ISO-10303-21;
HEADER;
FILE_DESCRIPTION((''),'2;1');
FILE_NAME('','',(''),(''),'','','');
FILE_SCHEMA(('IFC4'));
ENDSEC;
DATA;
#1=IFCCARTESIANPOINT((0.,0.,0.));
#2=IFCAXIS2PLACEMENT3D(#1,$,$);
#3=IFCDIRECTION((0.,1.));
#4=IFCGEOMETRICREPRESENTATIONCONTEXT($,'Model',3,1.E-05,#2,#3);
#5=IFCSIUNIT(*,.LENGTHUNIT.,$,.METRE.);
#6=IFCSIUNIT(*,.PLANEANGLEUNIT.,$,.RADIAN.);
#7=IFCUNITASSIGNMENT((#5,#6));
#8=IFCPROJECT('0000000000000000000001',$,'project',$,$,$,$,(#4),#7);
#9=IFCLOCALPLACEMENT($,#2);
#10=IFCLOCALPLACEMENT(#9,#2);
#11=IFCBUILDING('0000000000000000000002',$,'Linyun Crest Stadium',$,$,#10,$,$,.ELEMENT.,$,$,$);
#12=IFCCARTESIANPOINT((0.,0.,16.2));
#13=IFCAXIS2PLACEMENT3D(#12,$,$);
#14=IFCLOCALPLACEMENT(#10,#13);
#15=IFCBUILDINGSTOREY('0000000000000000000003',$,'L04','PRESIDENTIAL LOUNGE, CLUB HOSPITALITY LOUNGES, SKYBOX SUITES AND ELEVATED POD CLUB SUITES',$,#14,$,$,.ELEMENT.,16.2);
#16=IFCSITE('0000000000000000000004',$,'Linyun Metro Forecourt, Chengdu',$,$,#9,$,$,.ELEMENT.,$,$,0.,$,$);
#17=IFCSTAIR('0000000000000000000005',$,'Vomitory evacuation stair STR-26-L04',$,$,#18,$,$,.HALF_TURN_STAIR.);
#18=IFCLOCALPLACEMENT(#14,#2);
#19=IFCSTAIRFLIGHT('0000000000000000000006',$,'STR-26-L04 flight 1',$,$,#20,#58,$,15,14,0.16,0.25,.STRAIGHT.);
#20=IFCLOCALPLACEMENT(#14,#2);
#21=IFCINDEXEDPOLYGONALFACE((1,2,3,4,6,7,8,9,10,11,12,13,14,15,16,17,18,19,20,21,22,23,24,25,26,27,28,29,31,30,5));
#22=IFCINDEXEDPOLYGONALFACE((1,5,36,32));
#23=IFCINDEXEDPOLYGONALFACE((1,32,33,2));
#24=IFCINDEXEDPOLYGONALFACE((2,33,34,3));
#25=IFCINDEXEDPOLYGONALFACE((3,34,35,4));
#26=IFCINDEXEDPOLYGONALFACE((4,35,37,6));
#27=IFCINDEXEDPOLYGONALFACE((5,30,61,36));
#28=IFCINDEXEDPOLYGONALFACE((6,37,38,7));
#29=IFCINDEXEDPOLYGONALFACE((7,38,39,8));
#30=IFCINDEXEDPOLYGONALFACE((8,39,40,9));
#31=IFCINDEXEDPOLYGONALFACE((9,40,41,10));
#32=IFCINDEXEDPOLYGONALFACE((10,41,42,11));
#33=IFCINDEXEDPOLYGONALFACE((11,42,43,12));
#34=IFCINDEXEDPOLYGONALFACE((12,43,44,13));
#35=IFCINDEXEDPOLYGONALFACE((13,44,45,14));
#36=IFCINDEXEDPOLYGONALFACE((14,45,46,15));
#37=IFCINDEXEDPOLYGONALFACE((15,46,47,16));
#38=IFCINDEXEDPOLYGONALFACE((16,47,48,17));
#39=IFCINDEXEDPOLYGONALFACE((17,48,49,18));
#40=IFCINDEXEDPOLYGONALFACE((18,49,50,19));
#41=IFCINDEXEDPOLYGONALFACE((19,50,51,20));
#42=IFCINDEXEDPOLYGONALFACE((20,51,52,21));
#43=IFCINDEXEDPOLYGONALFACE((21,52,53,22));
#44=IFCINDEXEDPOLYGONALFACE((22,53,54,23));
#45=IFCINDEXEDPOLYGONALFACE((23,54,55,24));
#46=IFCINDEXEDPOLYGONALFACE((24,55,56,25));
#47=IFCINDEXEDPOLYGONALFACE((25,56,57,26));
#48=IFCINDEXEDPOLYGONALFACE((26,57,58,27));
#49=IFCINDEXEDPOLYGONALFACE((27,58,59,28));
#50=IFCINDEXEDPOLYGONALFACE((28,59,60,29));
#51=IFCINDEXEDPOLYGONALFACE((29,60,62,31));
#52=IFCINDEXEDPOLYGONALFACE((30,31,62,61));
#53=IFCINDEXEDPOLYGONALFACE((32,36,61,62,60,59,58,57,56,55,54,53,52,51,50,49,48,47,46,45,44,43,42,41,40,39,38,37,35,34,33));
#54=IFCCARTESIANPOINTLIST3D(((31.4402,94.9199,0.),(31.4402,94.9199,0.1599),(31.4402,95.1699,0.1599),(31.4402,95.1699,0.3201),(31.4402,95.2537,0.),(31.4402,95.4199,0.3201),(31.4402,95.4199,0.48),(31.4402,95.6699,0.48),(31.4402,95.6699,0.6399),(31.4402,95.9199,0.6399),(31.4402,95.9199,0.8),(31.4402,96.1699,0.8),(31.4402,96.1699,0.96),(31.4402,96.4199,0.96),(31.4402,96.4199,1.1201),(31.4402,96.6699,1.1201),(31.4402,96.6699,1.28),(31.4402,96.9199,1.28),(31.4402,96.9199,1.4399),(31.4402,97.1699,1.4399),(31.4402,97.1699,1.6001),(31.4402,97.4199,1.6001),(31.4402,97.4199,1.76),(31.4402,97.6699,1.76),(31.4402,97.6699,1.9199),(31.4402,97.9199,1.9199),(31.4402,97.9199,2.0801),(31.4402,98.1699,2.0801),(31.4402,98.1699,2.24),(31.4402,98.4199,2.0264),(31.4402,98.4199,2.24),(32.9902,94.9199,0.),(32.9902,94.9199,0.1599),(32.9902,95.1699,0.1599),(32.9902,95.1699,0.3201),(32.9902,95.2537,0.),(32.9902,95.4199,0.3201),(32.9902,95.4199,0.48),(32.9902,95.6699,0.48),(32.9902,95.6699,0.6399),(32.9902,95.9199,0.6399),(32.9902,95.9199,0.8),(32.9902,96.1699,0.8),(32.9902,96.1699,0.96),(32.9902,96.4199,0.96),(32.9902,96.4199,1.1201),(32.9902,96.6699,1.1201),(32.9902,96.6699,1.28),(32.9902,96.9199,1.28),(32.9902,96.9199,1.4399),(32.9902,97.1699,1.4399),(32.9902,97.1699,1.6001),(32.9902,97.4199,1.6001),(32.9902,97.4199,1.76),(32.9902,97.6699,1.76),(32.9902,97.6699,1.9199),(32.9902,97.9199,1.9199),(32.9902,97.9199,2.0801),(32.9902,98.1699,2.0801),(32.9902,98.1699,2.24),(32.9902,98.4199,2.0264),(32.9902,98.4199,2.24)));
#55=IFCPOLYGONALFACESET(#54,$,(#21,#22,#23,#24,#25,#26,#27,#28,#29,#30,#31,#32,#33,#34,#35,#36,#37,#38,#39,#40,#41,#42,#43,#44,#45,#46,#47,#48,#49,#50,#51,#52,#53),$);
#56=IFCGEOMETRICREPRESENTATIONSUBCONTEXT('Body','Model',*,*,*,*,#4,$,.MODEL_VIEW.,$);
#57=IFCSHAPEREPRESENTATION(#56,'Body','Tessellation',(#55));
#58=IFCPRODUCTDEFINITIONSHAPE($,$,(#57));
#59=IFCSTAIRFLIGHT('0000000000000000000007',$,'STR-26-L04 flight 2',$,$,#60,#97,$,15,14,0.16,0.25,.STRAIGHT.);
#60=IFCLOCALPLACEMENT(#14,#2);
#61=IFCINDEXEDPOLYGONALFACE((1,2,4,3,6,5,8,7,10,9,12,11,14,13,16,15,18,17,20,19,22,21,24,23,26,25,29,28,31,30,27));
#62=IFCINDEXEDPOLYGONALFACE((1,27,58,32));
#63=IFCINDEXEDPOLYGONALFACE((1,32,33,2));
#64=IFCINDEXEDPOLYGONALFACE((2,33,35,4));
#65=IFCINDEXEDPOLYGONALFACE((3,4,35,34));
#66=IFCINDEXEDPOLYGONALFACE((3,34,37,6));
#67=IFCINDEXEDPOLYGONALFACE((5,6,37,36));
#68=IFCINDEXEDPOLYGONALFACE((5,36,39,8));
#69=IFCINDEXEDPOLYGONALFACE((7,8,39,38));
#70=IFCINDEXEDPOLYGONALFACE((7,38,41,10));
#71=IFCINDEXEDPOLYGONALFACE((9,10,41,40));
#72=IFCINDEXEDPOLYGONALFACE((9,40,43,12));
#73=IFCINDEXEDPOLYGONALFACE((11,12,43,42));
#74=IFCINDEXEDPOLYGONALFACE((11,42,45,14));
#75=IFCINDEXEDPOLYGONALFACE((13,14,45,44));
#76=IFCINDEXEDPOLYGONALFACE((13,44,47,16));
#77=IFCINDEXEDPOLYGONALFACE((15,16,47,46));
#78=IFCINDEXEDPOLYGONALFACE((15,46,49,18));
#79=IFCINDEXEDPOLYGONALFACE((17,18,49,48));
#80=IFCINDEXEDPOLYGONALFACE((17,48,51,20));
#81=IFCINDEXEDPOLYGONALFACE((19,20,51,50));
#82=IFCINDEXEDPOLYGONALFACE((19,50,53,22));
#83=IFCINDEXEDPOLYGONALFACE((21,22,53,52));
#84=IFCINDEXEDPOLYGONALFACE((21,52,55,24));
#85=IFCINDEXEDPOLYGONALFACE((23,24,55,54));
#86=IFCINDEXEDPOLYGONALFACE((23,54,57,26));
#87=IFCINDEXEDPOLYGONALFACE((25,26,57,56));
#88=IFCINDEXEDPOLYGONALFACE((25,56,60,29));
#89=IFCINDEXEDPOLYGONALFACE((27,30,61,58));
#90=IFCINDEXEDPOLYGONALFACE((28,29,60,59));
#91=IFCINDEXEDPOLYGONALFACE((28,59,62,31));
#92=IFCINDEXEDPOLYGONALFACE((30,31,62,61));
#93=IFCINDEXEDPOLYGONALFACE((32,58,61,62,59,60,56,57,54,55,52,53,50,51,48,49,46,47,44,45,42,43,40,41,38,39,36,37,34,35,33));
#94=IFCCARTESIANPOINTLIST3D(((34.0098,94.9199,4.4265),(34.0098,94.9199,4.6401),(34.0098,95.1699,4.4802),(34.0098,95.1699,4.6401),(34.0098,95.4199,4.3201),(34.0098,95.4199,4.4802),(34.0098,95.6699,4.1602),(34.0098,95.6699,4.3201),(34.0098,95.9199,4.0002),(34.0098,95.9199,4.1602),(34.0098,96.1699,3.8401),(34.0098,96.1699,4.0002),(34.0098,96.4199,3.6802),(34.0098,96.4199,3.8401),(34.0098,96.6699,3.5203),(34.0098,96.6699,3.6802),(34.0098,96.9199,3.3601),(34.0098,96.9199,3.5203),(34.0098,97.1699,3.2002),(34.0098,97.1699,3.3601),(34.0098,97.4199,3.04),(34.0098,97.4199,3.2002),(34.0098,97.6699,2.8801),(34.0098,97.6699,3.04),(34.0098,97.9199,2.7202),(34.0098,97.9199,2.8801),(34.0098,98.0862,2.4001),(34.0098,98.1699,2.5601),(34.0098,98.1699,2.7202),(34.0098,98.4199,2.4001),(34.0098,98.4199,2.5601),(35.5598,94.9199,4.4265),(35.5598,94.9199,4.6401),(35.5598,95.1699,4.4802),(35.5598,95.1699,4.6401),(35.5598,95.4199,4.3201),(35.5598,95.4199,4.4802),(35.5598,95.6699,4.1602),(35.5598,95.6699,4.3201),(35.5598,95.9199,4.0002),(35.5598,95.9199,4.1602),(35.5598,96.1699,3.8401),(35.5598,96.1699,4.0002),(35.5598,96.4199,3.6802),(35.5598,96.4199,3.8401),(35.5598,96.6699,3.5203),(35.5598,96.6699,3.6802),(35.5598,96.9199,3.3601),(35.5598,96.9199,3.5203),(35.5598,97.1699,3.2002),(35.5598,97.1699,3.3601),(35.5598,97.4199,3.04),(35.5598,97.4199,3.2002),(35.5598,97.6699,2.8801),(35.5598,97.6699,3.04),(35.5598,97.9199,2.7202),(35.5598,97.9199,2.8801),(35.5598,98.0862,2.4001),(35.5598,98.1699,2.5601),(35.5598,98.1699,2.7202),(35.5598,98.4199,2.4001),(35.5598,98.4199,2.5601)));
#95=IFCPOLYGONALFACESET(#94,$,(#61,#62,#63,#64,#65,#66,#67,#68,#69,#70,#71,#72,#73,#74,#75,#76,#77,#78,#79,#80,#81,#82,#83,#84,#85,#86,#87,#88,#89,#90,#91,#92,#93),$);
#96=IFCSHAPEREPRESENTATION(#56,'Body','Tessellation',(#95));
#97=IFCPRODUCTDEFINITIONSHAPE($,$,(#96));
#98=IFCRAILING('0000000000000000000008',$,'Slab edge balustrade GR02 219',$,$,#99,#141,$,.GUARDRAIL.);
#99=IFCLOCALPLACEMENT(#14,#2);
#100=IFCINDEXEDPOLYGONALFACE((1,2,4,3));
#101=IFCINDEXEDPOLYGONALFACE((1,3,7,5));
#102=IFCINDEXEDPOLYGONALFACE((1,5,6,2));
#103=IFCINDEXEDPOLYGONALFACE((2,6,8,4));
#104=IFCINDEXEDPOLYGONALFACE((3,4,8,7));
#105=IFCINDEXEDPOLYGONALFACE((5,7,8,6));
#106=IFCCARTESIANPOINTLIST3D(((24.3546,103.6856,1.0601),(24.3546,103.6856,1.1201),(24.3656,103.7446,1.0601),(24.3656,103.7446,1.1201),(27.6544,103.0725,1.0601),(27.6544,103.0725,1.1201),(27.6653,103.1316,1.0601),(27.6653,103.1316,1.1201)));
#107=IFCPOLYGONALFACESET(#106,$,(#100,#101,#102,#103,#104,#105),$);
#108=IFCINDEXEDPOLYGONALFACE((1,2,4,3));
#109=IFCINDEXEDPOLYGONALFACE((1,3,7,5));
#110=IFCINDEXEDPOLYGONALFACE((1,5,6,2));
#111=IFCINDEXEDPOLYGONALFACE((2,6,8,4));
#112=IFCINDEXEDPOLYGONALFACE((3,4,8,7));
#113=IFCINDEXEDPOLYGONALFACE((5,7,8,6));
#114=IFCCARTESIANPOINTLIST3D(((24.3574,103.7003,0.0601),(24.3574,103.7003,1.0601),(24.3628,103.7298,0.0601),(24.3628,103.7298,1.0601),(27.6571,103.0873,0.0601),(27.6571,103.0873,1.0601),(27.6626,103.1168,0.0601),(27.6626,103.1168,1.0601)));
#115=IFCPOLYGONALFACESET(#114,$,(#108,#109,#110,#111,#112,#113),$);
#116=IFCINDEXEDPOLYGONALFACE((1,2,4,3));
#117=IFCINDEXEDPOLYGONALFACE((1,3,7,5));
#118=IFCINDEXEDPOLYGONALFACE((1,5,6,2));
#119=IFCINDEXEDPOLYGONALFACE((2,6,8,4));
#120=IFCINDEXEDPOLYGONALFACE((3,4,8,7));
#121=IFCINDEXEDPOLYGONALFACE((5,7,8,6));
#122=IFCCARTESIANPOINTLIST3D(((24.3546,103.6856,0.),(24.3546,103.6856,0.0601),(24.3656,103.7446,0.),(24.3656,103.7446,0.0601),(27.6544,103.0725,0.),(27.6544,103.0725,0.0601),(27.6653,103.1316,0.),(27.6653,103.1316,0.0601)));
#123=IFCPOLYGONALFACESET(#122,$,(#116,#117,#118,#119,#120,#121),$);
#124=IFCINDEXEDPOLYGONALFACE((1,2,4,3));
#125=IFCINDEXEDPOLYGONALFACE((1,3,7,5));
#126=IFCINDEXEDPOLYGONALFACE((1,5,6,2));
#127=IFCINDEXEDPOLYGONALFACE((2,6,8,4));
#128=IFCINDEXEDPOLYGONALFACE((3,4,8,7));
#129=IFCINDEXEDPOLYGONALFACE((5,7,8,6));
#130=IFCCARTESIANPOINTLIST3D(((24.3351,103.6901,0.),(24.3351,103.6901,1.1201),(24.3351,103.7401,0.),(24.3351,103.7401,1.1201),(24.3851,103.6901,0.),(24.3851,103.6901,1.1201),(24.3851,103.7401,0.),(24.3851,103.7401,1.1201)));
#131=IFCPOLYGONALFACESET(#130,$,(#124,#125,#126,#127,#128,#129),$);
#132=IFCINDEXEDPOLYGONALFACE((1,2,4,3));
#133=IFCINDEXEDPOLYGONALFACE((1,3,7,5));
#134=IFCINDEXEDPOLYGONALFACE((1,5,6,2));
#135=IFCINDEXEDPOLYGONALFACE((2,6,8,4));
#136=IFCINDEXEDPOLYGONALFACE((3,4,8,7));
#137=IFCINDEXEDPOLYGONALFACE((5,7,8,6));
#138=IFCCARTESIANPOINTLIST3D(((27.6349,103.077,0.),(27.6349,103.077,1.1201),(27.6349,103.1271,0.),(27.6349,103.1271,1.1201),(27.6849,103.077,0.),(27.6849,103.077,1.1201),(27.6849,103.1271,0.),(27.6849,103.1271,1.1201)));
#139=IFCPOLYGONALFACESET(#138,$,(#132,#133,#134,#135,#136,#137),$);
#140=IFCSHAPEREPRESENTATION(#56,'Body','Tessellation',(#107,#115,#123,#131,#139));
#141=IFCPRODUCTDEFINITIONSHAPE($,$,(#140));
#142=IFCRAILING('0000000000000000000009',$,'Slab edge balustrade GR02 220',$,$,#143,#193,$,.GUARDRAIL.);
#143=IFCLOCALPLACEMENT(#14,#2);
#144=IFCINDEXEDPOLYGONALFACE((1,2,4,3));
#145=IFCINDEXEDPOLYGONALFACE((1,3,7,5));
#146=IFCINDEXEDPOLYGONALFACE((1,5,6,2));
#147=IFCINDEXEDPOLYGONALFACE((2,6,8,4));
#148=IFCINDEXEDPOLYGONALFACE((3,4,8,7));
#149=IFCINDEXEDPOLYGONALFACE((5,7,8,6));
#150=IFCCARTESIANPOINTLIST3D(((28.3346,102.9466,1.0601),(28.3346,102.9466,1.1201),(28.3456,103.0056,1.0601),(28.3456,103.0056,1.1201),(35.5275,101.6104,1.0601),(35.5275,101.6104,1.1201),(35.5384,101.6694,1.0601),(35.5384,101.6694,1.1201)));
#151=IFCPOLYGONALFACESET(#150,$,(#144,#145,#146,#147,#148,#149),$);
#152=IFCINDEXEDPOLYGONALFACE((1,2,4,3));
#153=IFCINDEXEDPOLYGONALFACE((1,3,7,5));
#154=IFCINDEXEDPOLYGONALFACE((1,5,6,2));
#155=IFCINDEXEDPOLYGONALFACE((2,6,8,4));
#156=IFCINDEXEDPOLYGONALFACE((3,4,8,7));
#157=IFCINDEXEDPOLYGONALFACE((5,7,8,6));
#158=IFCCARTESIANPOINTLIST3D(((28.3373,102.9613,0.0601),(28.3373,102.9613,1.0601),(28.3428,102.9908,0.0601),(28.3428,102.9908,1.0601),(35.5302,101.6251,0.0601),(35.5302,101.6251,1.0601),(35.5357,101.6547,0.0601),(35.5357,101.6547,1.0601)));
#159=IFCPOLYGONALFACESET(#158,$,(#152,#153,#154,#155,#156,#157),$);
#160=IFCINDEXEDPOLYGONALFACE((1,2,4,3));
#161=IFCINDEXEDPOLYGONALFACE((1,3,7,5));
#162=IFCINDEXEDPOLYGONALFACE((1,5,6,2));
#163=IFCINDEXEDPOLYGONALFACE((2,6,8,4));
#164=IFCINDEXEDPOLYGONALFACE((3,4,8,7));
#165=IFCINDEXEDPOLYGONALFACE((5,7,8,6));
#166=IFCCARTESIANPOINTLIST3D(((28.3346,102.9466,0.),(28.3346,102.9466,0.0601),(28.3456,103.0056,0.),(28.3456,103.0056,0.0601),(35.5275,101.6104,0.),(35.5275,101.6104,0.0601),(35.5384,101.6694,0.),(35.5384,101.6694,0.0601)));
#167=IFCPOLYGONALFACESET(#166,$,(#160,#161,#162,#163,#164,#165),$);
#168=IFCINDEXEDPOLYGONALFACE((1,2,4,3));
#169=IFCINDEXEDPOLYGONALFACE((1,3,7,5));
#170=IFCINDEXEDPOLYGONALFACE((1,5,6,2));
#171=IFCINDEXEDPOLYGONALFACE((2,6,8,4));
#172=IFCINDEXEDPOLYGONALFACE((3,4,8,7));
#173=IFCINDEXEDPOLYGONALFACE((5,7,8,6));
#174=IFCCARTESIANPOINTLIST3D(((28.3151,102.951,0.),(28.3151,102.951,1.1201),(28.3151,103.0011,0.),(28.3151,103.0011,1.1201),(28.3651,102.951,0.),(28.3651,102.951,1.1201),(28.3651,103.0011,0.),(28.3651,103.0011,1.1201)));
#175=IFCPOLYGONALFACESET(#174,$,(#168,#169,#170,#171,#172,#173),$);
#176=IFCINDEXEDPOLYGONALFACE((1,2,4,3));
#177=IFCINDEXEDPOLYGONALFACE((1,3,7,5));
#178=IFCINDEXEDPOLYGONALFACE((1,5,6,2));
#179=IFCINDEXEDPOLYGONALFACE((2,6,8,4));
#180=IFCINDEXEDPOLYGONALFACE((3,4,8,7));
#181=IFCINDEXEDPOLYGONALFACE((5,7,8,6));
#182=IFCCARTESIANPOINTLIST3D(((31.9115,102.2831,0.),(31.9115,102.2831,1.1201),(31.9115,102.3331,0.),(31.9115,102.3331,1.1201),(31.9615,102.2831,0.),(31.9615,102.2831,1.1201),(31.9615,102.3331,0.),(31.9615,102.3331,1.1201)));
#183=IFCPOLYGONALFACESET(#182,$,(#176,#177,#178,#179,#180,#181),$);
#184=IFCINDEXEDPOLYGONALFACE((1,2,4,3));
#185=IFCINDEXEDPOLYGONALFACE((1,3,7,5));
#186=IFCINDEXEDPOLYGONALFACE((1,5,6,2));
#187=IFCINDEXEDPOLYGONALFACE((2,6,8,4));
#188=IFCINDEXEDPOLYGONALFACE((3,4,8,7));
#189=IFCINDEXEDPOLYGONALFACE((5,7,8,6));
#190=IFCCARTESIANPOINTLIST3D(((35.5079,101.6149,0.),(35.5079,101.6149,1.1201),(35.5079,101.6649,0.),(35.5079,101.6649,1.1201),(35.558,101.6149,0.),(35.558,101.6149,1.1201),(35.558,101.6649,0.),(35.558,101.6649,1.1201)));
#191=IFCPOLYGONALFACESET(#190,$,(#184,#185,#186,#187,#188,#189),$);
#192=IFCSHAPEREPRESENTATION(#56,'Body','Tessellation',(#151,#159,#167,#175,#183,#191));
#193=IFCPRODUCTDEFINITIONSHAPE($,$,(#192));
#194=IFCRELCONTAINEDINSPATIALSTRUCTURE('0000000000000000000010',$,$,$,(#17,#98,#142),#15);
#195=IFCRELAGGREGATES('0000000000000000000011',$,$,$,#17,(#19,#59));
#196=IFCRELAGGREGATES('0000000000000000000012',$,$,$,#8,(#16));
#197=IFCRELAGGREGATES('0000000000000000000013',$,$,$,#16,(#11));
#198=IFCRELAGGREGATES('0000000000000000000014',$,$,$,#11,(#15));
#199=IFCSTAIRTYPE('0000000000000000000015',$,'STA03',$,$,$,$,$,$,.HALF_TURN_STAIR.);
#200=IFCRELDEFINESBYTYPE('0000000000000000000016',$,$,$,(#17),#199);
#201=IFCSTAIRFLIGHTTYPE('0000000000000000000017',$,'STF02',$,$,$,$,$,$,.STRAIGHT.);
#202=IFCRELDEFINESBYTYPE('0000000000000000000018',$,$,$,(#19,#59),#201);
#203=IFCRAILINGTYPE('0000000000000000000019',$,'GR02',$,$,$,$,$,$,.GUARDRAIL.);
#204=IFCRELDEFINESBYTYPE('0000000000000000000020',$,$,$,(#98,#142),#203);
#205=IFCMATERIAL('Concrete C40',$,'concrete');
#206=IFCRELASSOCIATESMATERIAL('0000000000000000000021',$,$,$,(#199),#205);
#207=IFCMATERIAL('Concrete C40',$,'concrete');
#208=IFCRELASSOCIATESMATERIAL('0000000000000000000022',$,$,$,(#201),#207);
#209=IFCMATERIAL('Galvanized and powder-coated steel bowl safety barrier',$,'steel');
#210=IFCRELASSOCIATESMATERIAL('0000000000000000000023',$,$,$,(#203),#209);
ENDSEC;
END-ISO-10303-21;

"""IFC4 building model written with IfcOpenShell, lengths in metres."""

from ifc_helpers import new_model, si_unit, direction, frame, origin, origin_2d, place, context, subcontext, project, spatial, polyline, rectangle, outline, extrude, material, type_object, element, aggregate, save


model = new_model("IFC4")

# Units and contexts
model_context = context("Model", 3, precision=1e-05, world=origin(), true_north=direction((0.0, 1.0)))
body_context = subcontext(model_context, "Body", "Model", "MODEL_VIEW")
ifc_project = project(units=[si_unit("LENGTHUNIT", "METRE"), si_unit("PLANEANGLEUNIT", "RADIAN")], contexts=[model_context])

# Site, building, storey
site_placement = place(None, origin())
site = spatial("IfcSite", under=ifc_project, at=site_placement, Name="Linyun Metro Forecourt, Chengdu", CompositionType="ELEMENT", RefElevation=0.0)
building_placement = place(site_placement, origin())
building = spatial("IfcBuilding", under=site, at=building_placement, Name="Linyun Crest Stadium", CompositionType="ELEMENT")
storey_placement = place(building_placement, frame((0.0, 0.0, 16.2)))
storey = spatial("IfcBuildingStorey", under=building, at=storey_placement, Name="L04", Description="PRESIDENTIAL LOUNGE, CLUB HOSPITALITY LOUNGES, SKYBOX SUITES AND ELEVATED POD CLUB SUITES", CompositionType="ELEMENT", Elevation=16.2)

# Stair, stair flights
ifc_material_1 = material(Name="Concrete C40", Category="concrete")
stair_type = type_object("IfcStairType", Name="STA03", PredefinedType="HALF_TURN_STAIR", material=ifc_material_1)
stair_placement = place(storey_placement, origin())
stair = element("IfcStair", 1, at=stair_placement, inside=storey, type_object=stair_type, Name="Vomitory evacuation stair STR-26-L04", PredefinedType="HALF_TURN_STAIR")
ifc_material_2 = material(Name="Concrete C40", Category="concrete")
stair_flight_type = type_object("IfcStairFlightType", Name="STF02", PredefinedType="STRAIGHT", material=ifc_material_2)
stair_flight_1_placement = place(storey_placement, frame((32.2151, 94.9199, 0.0), z_axis=(0.0, 0.0, 1.0), x_axis=(0.0, 1.0, 0.0)))
stair_flight_1 = element("IfcStairFlight", 2, at=stair_flight_1_placement, type_object=stair_flight_type, Name="STR-26-L04 flight 1", NumberOfRisers=15, NumberOfTreads=14, PredefinedType="STRAIGHT", RiserHeight=0.16, TreadLength=0.25, context=body_context, shape_type="SweptSolid", body=[
    extrude(outline(polyline([(0.0, 0.0), (0.0, 0.1599), (0.25, 0.1599), (0.25, 0.3201), (0.5, 0.3201), (0.5, 0.48), (0.75, 0.48), (0.75, 0.6399), (1.0, 0.6399), (1.0, 0.8), (1.25, 0.8), (1.25, 0.96), (1.5, 0.96), (1.5, 1.1201), (1.75, 1.1201), (1.75, 1.28), (2.0, 1.28), (2.0, 1.4399), (2.25, 1.4399), (2.25, 1.6001), (2.5, 1.6001), (2.5, 1.76), (2.75, 1.76), (2.75, 1.9199), (3.0, 1.9199), (3.0, 2.0801), (3.25, 2.0801), (3.25, 2.24), (3.5, 2.24), (3.5, 2.3999), (3.5, 2.0264), (0.3337, 0.0), (0.0, 0.0)])), frame((0.0, 0.7749, 0.0), z_axis=(0.0, -1.0, 0.0), x_axis=(1.0, 0.0, 0.0)), (0.0, 0.0, 1.0), 1.55),
])
stair_flight_2_placement = place(storey_placement, frame((34.7849, 98.4199, 2.4001), z_axis=(0.0, 0.0, 1.0), x_axis=(0.0, -1.0, 0.0)))
stair_flight_2 = element("IfcStairFlight", 3, at=stair_flight_2_placement, type_object=stair_flight_type, Name="STR-26-L04 flight 2", NumberOfRisers=15, NumberOfTreads=14, PredefinedType="STRAIGHT", RiserHeight=0.16, TreadLength=0.25, context=body_context, shape_type="SweptSolid", body=[
    extrude(outline(polyline([(0.0, 0.0), (0.0, 0.1599), (0.25, 0.1599), (0.25, 0.3201), (0.5, 0.3201), (0.5, 0.48), (0.75, 0.48), (0.75, 0.6399), (1.0, 0.6399), (1.0, 0.8), (1.25, 0.8), (1.25, 0.96), (1.5, 0.96), (1.5, 1.1201), (1.75, 1.1201), (1.75, 1.28), (2.0, 1.28), (2.0, 1.4399), (2.25, 1.4399), (2.25, 1.6001), (2.5, 1.6001), (2.5, 1.76), (2.75, 1.76), (2.75, 1.9199), (3.0, 1.9199), (3.0, 2.0801), (3.25, 2.0801), (3.25, 2.24), (3.5, 2.24), (3.5, 2.3999), (3.5, 2.0264), (0.3337, 0.0), (0.0, 0.0)])), frame((0.0, 0.7749, 0.0), z_axis=(0.0, -1.0, 0.0), x_axis=(1.0, 0.0, 0.0)), (0.0, 0.0, 1.0), 1.55),
])
aggregate(stair, [stair_flight_1, stair_flight_2])

# Railings
ifc_material_3 = material(Name="Galvanized and powder-coated steel bowl safety barrier", Category="steel")
railing_type_1 = type_object("IfcRailingType", Name="GR02", PredefinedType="GUARDRAIL", material=ifc_material_3)
railing_1_placement = place(storey_placement, frame((24.3601, 103.7151, 0.0)))
element("IfcRailing", 4, at=railing_1_placement, inside=storey, type_object=railing_type_1, Name="Slab edge balustrade GR02 219", PredefinedType="GUARDRAIL", context=body_context, shape_type="SweptSolid", body=[
    extrude(rectangle(XDim=0.0601, YDim=0.0601, at=origin_2d()), frame((0.0, 0.0, 1.0901), z_axis=(0.983177, -0.182654, 0.0), x_axis=(0.182654, 0.983177, 0.0)), (0.0, 0.0, 1.0), 3.3562),
    extrude(rectangle(XDim=0.03, YDim=1.0, at=origin_2d()), frame((0.0, 0.0, 0.5601), z_axis=(0.983177, -0.182654, 0.0), x_axis=(0.182654, 0.983177, 0.0)), (0.0, 0.0, 1.0), 3.3562),
    extrude(rectangle(XDim=0.0601, YDim=0.0601, at=origin_2d()), frame((0.0, 0.0, 0.03), z_axis=(0.983177, -0.182654, 0.0), x_axis=(0.182654, 0.983177, 0.0)), (0.0, 0.0, 1.0), 3.3562),
    extrude(rectangle(XDim=0.05, YDim=0.05, at=origin_2d()), origin(), (0.0, 0.0, 1.0), 1.1201),
    extrude(rectangle(XDim=0.05, YDim=0.05, at=origin_2d()), frame((3.2998, -0.613, 0.0)), (0.0, 0.0, 1.0), 1.1201),
])
railing_2_placement = place(storey_placement, frame((28.3401, 102.9761, 0.0)))
element("IfcRailing", 5, at=railing_2_placement, inside=storey, type_object=railing_type_1, Name="Slab edge balustrade GR02 220", PredefinedType="GUARDRAIL", context=body_context, shape_type="SweptSolid", body=[
    extrude(rectangle(XDim=0.0601, YDim=0.0601, at=origin_2d()), frame((0.0, 0.0, 1.0901), z_axis=(0.98318, -0.18264, 0.0), x_axis=(0.18264, 0.98318, 0.0)), (0.0, 0.0, 1.0), 7.3159),
    extrude(rectangle(XDim=0.03, YDim=1.0, at=origin_2d()), frame((0.0, 0.0, 0.5601), z_axis=(0.98318, -0.18264, 0.0), x_axis=(0.18264, 0.98318, 0.0)), (0.0, 0.0, 1.0), 7.3159),
    extrude(rectangle(XDim=0.0601, YDim=0.0601, at=origin_2d()), frame((0.0, 0.0, 0.03), z_axis=(0.98318, -0.18264, 0.0), x_axis=(0.18264, 0.98318, 0.0)), (0.0, 0.0, 1.0), 7.3159),
    extrude(rectangle(XDim=0.05, YDim=0.05, at=origin_2d()), origin(), (0.0, 0.0, 1.0), 1.1201),
    extrude(rectangle(XDim=0.05, YDim=0.05, at=origin_2d()), frame((3.5964, -0.668, 0.0)), (0.0, 0.0, 1.0), 1.1201),
    extrude(rectangle(XDim=0.05, YDim=0.05, at=origin_2d()), frame((7.1929, -1.3362, 0.0)), (0.0, 0.0, 1.0), 1.1201),
])

save(model, "model.ifc")
